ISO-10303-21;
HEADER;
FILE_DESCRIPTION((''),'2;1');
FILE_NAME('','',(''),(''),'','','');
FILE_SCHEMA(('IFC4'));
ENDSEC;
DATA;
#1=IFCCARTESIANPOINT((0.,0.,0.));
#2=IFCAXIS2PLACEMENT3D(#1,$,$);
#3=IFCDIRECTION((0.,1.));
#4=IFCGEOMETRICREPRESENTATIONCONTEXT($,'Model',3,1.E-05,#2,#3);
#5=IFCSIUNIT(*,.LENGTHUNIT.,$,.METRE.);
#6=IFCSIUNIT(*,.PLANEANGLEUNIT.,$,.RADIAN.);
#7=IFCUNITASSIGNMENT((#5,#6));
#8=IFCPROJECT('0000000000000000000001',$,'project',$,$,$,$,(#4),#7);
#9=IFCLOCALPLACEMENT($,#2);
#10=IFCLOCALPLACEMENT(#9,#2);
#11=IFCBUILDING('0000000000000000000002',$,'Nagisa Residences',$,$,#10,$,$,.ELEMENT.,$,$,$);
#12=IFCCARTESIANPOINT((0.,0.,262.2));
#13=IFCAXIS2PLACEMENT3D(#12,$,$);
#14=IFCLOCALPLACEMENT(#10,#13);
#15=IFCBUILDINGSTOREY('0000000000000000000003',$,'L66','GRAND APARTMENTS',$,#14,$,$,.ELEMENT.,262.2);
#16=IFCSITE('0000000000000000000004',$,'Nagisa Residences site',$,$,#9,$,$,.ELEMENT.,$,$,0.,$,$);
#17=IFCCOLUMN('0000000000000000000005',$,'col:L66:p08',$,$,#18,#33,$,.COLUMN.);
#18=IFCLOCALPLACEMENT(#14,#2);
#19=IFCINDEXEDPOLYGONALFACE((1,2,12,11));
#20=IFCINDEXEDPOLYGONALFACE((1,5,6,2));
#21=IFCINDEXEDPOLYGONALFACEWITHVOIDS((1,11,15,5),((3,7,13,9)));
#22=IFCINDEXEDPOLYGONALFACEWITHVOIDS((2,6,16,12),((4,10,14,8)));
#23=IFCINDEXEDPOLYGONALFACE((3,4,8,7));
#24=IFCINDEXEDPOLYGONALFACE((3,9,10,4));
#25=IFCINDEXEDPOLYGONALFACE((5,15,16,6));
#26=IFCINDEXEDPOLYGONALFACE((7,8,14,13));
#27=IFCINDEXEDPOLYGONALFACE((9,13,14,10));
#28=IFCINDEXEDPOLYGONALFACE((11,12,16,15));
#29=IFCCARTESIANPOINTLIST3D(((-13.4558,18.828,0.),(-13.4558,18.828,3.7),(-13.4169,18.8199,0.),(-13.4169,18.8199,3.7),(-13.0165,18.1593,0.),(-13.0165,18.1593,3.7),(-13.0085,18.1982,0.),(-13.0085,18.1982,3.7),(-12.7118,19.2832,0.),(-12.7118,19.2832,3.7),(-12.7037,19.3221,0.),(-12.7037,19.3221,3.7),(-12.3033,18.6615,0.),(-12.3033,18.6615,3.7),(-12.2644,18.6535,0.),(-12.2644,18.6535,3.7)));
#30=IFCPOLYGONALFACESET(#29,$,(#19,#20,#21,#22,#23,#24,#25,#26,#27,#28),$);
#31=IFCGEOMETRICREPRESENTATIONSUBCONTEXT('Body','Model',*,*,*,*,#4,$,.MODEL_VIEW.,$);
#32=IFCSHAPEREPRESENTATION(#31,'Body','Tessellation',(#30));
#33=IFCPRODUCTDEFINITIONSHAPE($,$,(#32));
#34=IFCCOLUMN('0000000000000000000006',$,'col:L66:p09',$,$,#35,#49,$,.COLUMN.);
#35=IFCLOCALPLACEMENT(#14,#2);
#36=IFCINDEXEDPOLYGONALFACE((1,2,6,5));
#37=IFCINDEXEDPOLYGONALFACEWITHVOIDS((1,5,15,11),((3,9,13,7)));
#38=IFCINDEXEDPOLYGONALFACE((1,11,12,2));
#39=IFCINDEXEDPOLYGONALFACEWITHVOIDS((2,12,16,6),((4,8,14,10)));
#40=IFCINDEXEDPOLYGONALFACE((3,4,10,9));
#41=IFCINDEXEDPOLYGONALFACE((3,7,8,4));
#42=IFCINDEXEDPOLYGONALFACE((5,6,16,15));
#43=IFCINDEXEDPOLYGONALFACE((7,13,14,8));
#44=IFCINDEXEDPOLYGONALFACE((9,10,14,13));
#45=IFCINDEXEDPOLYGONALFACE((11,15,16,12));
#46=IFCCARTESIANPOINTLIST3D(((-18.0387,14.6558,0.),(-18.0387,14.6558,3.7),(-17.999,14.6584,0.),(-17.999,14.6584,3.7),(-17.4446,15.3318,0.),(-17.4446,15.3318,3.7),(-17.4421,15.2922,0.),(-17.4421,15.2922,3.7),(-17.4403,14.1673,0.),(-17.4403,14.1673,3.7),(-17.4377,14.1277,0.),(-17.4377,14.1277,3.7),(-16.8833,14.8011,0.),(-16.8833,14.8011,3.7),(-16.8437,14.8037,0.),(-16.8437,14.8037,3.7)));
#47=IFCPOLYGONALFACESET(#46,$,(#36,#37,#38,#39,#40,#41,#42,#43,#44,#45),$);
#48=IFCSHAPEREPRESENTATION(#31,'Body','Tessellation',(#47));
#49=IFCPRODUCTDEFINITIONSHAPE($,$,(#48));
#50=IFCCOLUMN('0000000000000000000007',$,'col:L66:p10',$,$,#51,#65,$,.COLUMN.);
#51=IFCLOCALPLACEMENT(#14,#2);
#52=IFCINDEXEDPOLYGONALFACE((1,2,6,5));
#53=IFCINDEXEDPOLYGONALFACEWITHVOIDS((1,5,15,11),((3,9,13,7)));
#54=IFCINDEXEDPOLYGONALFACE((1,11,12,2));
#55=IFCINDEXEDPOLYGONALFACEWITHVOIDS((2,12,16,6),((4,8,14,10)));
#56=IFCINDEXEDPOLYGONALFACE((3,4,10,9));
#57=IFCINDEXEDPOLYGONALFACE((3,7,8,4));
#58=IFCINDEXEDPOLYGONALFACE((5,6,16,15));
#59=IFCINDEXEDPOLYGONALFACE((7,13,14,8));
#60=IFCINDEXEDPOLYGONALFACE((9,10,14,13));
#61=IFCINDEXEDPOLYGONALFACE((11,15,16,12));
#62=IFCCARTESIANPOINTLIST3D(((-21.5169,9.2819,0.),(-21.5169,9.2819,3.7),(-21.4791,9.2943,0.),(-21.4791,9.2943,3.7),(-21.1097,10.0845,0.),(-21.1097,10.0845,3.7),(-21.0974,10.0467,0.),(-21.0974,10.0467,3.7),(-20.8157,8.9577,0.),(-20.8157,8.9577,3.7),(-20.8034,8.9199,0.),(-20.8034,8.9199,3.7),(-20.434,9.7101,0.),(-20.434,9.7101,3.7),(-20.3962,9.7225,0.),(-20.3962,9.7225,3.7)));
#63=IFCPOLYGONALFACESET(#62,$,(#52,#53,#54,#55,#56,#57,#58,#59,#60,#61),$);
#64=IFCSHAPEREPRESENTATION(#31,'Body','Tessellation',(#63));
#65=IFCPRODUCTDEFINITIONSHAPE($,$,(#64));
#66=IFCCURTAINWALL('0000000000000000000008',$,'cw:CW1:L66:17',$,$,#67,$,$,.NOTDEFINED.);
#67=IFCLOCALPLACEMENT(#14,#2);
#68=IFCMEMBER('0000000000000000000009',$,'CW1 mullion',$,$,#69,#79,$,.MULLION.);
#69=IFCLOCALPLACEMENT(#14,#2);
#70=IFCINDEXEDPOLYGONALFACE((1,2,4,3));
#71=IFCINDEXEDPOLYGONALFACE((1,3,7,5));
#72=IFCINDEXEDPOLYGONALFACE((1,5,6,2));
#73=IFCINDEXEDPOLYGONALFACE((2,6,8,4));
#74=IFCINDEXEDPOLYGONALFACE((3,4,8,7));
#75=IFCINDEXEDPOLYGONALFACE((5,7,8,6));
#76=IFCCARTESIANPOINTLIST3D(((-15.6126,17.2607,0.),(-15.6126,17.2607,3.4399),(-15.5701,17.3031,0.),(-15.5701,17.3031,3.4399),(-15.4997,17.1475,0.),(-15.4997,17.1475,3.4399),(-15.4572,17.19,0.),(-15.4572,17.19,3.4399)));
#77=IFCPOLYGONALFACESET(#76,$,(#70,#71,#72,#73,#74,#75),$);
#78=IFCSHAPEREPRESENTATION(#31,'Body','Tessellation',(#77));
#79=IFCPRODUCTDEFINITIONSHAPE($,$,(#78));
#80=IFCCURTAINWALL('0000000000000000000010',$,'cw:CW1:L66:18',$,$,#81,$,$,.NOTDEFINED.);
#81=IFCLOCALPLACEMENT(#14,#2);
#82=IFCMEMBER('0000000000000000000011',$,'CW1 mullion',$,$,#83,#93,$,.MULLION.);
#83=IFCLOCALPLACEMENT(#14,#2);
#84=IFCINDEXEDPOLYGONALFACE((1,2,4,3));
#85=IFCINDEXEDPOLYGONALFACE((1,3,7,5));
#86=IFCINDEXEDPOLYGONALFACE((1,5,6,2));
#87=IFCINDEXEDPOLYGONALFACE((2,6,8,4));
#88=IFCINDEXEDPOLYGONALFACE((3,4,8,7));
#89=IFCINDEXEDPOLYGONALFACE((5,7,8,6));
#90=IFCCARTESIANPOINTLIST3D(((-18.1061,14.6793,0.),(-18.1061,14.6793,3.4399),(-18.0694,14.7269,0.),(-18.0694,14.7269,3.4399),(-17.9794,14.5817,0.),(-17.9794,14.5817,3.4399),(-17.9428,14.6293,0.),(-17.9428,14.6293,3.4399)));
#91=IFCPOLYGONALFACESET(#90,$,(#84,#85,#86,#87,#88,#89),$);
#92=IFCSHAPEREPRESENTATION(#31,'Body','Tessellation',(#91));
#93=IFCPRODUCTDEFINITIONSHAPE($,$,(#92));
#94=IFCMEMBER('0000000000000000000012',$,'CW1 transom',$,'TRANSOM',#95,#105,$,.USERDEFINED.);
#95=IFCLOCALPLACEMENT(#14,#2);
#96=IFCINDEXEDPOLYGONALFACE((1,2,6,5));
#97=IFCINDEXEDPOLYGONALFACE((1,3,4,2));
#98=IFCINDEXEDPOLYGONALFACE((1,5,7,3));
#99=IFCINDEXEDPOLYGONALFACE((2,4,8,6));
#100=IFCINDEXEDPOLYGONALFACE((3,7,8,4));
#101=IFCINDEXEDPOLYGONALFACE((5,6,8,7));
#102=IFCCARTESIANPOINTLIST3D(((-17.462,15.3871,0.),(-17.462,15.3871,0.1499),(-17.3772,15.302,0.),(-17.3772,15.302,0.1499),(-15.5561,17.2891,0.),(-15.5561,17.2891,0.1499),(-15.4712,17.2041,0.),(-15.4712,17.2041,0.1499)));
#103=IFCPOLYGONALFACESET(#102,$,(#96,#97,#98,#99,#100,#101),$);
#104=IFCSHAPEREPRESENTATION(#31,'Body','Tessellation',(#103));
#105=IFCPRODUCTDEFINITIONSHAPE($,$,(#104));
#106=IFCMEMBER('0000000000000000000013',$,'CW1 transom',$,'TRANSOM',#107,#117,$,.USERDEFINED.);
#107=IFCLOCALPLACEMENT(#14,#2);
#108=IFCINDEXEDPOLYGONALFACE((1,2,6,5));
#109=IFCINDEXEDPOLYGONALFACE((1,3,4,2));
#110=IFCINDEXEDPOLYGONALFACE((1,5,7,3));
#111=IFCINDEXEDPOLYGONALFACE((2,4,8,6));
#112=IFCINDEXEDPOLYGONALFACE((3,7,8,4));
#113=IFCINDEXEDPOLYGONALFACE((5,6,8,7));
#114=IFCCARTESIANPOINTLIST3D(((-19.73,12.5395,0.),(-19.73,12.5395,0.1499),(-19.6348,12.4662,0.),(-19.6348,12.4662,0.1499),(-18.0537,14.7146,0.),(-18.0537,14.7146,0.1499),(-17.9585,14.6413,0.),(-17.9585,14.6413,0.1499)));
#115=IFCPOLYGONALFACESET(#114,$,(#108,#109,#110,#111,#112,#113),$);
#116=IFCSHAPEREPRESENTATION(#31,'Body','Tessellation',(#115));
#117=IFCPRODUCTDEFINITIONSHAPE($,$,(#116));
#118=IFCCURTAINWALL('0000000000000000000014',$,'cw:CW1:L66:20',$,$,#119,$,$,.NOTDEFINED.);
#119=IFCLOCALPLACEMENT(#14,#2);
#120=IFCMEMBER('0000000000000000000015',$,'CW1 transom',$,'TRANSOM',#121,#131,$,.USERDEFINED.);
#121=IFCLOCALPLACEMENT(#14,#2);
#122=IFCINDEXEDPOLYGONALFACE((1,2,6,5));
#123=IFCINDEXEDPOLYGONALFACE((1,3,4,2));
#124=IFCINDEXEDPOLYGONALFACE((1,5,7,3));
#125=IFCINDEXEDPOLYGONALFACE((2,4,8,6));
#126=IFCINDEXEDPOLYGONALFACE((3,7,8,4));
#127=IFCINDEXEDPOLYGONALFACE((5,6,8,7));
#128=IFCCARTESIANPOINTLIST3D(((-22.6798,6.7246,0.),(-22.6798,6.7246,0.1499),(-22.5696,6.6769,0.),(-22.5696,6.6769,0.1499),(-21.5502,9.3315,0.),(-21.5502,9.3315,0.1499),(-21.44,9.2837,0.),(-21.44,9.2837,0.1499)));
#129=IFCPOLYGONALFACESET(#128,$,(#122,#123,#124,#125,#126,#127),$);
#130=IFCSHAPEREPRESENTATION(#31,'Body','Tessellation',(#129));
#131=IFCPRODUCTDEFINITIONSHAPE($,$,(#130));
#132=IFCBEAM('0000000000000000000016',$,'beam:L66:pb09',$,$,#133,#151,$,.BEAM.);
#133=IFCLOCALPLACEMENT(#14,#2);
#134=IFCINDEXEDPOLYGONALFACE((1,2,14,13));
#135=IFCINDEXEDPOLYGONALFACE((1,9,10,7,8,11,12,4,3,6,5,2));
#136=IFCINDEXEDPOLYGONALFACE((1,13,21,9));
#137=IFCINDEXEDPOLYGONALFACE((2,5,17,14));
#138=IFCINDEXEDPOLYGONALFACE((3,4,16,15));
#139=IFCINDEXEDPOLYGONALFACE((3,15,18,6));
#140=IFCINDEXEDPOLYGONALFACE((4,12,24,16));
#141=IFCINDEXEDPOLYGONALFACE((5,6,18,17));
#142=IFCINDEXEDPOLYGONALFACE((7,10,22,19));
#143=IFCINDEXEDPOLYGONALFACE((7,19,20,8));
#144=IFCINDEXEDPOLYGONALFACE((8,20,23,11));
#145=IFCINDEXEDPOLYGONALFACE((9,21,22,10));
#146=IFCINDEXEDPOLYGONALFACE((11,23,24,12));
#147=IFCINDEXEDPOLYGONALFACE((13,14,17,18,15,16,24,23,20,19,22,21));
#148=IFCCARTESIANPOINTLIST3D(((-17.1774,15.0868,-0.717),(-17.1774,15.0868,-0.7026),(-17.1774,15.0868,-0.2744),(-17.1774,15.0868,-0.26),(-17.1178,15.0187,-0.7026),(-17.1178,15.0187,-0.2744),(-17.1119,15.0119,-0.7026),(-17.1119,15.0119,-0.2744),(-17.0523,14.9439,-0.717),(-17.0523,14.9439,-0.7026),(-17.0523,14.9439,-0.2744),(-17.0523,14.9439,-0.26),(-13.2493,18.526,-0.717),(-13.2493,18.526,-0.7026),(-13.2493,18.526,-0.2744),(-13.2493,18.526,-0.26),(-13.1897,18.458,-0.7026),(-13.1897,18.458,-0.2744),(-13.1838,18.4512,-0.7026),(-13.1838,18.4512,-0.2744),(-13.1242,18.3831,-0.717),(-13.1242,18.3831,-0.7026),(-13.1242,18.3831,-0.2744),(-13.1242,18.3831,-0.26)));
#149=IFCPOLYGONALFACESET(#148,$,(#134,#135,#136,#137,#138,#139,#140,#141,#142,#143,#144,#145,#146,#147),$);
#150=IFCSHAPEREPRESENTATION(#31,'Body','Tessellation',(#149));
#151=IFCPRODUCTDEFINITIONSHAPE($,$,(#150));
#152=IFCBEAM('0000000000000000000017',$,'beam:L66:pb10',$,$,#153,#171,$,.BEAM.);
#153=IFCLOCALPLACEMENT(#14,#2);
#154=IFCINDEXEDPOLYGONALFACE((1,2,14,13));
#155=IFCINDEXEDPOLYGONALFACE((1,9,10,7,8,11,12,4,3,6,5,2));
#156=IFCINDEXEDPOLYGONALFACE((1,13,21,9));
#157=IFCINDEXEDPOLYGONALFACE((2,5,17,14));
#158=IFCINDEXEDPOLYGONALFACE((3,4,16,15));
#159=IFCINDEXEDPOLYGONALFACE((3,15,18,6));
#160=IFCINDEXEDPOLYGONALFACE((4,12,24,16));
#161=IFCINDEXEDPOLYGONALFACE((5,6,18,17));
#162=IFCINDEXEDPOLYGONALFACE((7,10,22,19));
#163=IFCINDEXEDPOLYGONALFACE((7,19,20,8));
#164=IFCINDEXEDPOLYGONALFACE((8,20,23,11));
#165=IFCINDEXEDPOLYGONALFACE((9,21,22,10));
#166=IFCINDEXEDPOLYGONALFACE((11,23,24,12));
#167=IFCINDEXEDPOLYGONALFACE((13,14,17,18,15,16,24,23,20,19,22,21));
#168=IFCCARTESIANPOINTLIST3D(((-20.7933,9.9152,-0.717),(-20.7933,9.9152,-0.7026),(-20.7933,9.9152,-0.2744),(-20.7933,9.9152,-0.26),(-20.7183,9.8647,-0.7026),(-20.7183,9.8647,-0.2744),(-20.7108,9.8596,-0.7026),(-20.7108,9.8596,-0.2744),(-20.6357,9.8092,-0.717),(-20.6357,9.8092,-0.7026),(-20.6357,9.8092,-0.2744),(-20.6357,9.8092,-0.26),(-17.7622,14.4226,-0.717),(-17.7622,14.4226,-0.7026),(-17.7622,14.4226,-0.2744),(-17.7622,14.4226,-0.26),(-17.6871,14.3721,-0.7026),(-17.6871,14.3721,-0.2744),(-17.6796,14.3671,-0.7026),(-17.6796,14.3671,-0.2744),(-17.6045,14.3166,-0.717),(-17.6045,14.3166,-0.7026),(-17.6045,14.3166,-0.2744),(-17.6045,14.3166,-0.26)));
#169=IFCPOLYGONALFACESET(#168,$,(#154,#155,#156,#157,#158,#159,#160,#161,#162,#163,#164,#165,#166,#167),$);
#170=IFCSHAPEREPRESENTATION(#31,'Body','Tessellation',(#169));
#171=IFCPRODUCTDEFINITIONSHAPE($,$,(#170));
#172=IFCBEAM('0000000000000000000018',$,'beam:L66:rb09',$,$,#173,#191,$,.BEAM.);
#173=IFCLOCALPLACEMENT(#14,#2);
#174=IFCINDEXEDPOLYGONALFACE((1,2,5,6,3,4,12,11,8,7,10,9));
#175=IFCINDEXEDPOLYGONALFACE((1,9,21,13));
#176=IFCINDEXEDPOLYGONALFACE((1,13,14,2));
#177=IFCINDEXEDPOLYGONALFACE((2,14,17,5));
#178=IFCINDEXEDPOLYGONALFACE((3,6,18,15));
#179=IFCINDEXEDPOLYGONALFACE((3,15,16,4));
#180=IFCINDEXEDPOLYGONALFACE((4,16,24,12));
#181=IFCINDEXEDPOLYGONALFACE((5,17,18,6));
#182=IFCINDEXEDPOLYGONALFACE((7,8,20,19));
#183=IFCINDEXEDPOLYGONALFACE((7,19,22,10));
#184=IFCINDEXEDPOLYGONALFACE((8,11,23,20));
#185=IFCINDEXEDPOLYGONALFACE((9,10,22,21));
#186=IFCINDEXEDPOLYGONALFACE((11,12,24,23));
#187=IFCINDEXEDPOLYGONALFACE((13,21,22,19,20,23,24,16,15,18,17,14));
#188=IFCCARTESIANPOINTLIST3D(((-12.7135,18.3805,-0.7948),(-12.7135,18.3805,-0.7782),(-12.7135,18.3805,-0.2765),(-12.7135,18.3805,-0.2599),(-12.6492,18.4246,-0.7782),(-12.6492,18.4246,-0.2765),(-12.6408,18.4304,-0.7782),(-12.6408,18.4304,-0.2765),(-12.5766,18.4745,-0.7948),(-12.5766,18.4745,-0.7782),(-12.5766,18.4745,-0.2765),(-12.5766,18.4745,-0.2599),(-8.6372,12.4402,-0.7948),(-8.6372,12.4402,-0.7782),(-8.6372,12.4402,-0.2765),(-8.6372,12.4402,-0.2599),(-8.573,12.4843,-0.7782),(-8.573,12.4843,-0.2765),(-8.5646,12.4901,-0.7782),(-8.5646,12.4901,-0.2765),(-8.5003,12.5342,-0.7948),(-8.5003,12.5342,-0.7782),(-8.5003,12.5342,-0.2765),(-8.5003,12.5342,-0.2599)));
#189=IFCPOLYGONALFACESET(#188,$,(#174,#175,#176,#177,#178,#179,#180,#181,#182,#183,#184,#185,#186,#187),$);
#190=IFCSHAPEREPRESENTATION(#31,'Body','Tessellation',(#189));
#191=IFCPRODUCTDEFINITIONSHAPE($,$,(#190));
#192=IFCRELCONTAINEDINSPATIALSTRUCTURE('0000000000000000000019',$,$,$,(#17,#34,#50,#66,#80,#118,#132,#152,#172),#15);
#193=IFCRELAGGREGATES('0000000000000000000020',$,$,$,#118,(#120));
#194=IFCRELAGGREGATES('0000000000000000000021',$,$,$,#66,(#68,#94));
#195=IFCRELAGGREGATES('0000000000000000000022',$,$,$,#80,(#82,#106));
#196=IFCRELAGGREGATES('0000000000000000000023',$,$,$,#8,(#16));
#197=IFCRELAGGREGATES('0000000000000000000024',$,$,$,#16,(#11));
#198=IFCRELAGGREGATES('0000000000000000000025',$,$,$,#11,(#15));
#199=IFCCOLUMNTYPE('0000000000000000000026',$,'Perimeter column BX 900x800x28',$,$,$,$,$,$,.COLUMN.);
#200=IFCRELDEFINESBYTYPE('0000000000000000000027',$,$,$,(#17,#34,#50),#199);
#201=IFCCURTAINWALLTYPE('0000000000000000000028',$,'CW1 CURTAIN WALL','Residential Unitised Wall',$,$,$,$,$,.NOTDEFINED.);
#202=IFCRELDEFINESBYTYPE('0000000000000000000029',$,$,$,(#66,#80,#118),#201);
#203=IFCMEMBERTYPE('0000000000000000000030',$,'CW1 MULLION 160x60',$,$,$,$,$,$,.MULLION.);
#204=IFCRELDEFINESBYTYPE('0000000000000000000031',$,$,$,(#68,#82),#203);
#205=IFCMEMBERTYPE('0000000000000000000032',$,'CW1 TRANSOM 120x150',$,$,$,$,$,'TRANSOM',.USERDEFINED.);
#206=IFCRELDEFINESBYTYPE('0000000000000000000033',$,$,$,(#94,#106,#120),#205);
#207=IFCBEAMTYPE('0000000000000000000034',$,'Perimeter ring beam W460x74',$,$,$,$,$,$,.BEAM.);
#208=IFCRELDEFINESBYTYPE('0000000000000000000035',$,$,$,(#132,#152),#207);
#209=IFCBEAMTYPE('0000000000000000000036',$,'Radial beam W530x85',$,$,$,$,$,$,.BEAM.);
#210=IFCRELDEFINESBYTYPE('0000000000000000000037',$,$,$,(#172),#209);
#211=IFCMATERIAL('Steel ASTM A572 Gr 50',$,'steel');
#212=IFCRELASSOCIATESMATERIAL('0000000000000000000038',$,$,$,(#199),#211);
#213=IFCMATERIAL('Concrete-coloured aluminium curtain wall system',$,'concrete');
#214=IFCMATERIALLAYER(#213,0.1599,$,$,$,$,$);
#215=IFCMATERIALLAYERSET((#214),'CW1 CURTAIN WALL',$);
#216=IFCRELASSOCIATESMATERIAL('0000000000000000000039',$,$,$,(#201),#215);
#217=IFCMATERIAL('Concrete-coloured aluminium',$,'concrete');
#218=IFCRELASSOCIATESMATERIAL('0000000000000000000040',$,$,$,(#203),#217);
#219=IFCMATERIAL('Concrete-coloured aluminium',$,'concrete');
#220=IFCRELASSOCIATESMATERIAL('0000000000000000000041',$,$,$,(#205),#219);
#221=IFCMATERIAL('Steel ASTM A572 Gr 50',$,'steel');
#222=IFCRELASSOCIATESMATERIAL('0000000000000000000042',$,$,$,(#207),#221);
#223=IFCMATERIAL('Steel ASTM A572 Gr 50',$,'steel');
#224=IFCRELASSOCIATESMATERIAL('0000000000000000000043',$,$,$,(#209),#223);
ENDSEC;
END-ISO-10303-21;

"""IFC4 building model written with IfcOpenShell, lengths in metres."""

from ifc_helpers import new_model, si_unit, direction, frame, origin, origin_2d, place, context, subcontext, project, spatial, rectangle, hollow_rectangle, i_section, extrude, material, layer, layer_set, material_profile, profile_set, type_object, element, aggregate, save


model = new_model("IFC4")

# Units and contexts
model_context = context("Model", 3, precision=1e-05, world=origin(), true_north=direction((0.0, 1.0)))
body_context = subcontext(model_context, "Body", "Model", "MODEL_VIEW")
ifc_project = project(units=[si_unit("LENGTHUNIT", "METRE"), si_unit("PLANEANGLEUNIT", "RADIAN")], contexts=[model_context])

# Site, building, storey
site_placement = place(None, origin())
site = spatial("IfcSite", under=ifc_project, at=site_placement, Name="Nagisa Residences site", CompositionType="ELEMENT", RefElevation=0.0)
building_placement = place(site_placement, origin())
building = spatial("IfcBuilding", under=site, at=building_placement, Name="Nagisa Residences", CompositionType="ELEMENT")
storey_placement = place(building_placement, frame((0.0, 0.0, 262.2)))
storey = spatial("IfcBuildingStorey", under=building, at=storey_placement, Name="L66", Description="GRAND APARTMENTS", CompositionType="ELEMENT", Elevation=262.2)

# Columns
ifc_material_1 = material(Name="Steel ASTM A572 Gr 50", Category="steel")
ifc_material_profile_1 = material_profile(ifc_material_1, hollow_rectangle(XDim=0.8999, YDim=0.8, WallThickness=0.0281, at=origin_2d()), Name="BX 900x800x28")
ifc_profile_set_1 = profile_set([ifc_material_profile_1], Name="Steel ASTM A572 Gr 50")
column_type = type_object("IfcColumnType", Name="Perimeter column BX 900x800x28", PredefinedType="COLUMN", material=ifc_profile_set_1)
for number, where, z_axis, x_axis, name in (
    (1, (-12.8601, 18.7407, 0.0), (0.0, 0.0, 1.0), (-0.835766, -0.549086, 0.0), "col:L66:p08"),
    (2, (-17.4412, 14.7297, 0.0), (0.0, 0.0, 1.0), (-0.660115, -0.751165, 0.0), "col:L66:p09"),
    (3, (-20.9565, 9.5022, 0.0), (0.0, 0.0, 1.0), (-0.452463, -0.891783, 0.0), "col:L66:p10"),
):
    element("IfcColumn", number, at=place(storey_placement, frame(where, z_axis=z_axis, x_axis=x_axis)), inside=storey, type_object=column_type, Name=name, PredefinedType="COLUMN", context=body_context, shape_type="SweptSolid", body=[
        extrude(hollow_rectangle(XDim=0.8999, YDim=0.8, WallThickness=0.0281, at=origin_2d()), origin(), (0.0, 0.0, 1.0), 3.7),
    ])

# Curtain walls, members
ifc_material_2 = material(Name="Concrete-coloured aluminium curtain wall system", Category="concrete")
ifc_layer_1 = layer(ifc_material_2, 0.1599)
ifc_layer_set_1 = layer_set([ifc_layer_1], Name="CW1 CURTAIN WALL")
curtain_wall_type = type_object("IfcCurtainWallType", Name="CW1 CURTAIN WALL", Description="Residential Unitised Wall", PredefinedType="NOTDEFINED", material=ifc_layer_set_1)
curtain_wall_1_placement = place(storey_placement, origin())
curtain_wall_1 = element("IfcCurtainWall", 4, at=curtain_wall_1_placement, inside=storey, type_object=curtain_wall_type, Name="cw:CW1:L66:17", PredefinedType="NOTDEFINED")
ifc_material_3 = material(Name="Concrete-coloured aluminium", Category="concrete")
ifc_material_profile_2 = material_profile(ifc_material_3, rectangle(XDim=0.1599, YDim=0.0601, at=origin_2d()), Name="CW1 MULLION 160x60")
ifc_profile_set_2 = profile_set([ifc_material_profile_2], Name="Concrete-coloured aluminium")
member_type_1 = type_object("IfcMemberType", Name="CW1 MULLION 160x60", PredefinedType="MULLION", material=ifc_profile_set_2)
member_1_placement = place(storey_placement, frame((-15.5349, 17.2253, 0.0), z_axis=(0.0, 0.0, 1.0), x_axis=(0.706377, -0.707836, 0.0)))
member_1 = element("IfcMember", 5, at=member_1_placement, type_object=member_type_1, Name="CW1 mullion", PredefinedType="MULLION", context=body_context, shape_type="SweptSolid", body=[
    extrude(rectangle(XDim=0.1599, YDim=0.0601, at=origin_2d()), origin(), (0.0, 0.0, 1.0), 3.4399),
])
curtain_wall_2_placement = place(storey_placement, origin())
curtain_wall_2 = element("IfcCurtainWall", 6, at=curtain_wall_2_placement, inside=storey, type_object=curtain_wall_type, Name="cw:CW1:L66:18", PredefinedType="NOTDEFINED")
member_2_placement = place(storey_placement, frame((-18.0244, 14.6543, 0.0), z_axis=(0.0, 0.0, 1.0), x_axis=(0.79207, -0.61043, 0.0)))
member_2 = element("IfcMember", 7, at=member_2_placement, type_object=member_type_1, Name="CW1 mullion", PredefinedType="MULLION", context=body_context, shape_type="SweptSolid", body=[
    extrude(rectangle(XDim=0.1599, YDim=0.0601, at=origin_2d()), origin(), (0.0, 0.0, 1.0), 3.4399),
])

# Members
ifc_material_4 = material(Name="Concrete-coloured aluminium", Category="concrete")
ifc_material_profile_3 = material_profile(ifc_material_4, rectangle(XDim=0.1201, YDim=0.1499, at=origin_2d()), Name="CW1 TRANSOM 120x150")
ifc_profile_set_3 = profile_set([ifc_material_profile_3], Name="Concrete-coloured aluminium")
member_type_2 = type_object("IfcMemberType", Name="CW1 TRANSOM 120x150", ElementType="TRANSOM", PredefinedType="USERDEFINED", material=ifc_profile_set_3)
member_3_placement = place(storey_placement, frame((-15.5137, 17.2466, 0.075), z_axis=(-0.707832, -0.706381, 0.0), x_axis=(0.706381, -0.707832, 0.0)))
member_3 = element("IfcMember", 8, at=member_3_placement, type_object=member_type_2, Name="CW1 transom", ObjectType="TRANSOM", PredefinedType="USERDEFINED", context=body_context, shape_type="SweptSolid", body=[
    extrude(rectangle(XDim=0.1201, YDim=0.1499, at=origin_2d()), origin(), (0.0, 0.0, 1.0), 2.6926),
])
member_4_placement = place(storey_placement, frame((-18.0061, 14.678, 0.075), z_axis=(-0.610432, -0.792068, 0.0), x_axis=(0.792068, -0.610432, 0.0)))
member_4 = element("IfcMember", 9, at=member_4_placement, type_object=member_type_2, Name="CW1 transom", ObjectType="TRANSOM", PredefinedType="USERDEFINED", context=body_context, shape_type="SweptSolid", body=[
    extrude(rectangle(XDim=0.1201, YDim=0.1499, at=origin_2d()), origin(), (0.0, 0.0, 1.0), 2.7461),
])

# Curtain wall, member
curtain_wall_3_placement = place(storey_placement, origin())
curtain_wall_3 = element("IfcCurtainWall", 10, at=curtain_wall_3_placement, inside=storey, type_object=curtain_wall_type, Name="cw:CW1:L66:20", PredefinedType="NOTDEFINED")
member_5_placement = place(storey_placement, frame((-21.4951, 9.3076, 0.075), z_axis=(-0.397598, -0.91756, 0.0), x_axis=(0.91756, -0.397598, 0.0)))
member_5 = element("IfcMember", 11, at=member_5_placement, type_object=member_type_2, Name="CW1 transom", ObjectType="TRANSOM", PredefinedType="USERDEFINED", context=body_context, shape_type="SweptSolid", body=[
    extrude(rectangle(XDim=0.1201, YDim=0.1499, at=origin_2d()), origin(), (0.0, 0.0, 1.0), 2.8411),
])
aggregate(curtain_wall_3, [member_5])

# Beams
ifc_material_5 = material(Name="Steel ASTM A572 Gr 50", Category="steel")
ifc_material_profile_4 = material_profile(ifc_material_5, i_section(OverallWidth=0.1899, OverallDepth=0.457, WebThickness=0.009, FlangeThickness=0.0144, at=origin_2d()), Name="W460x74")
ifc_profile_set_4 = profile_set([ifc_material_profile_4], Name="Steel ASTM A572 Gr 50")
beam_type_1 = type_object("IfcBeamType", Name="Perimeter ring beam W460x74", PredefinedType="BEAM", material=ifc_profile_set_4)
beam_1_placement = place(storey_placement, frame((-13.1868, 18.4546, -0.4885), z_axis=(-0.752365, -0.658746, 0.0), x_axis=(0.658746, -0.752365, 0.0)))
element("IfcBeam", 12, at=beam_1_placement, inside=storey, type_object=beam_type_1, Name="beam:L66:pb09", PredefinedType="BEAM", context=body_context, shape_type="SweptSolid", body=[
    extrude(i_section(OverallWidth=0.1899, OverallDepth=0.457, WebThickness=0.009, FlangeThickness=0.0144, at=origin_2d()), origin(), (0.0, 0.0, 1.0), 5.2209),
])
beam_2_placement = place(storey_placement, frame((-17.6833, 14.3696, -0.4885), z_axis=(-0.558035, -0.829817, 0.0), x_axis=(0.829817, -0.558035, 0.0)))
element("IfcBeam", 13, at=beam_2_placement, inside=storey, type_object=beam_type_1, Name="beam:L66:pb10", PredefinedType="BEAM", context=body_context, shape_type="SweptSolid", body=[
    extrude(i_section(OverallWidth=0.1899, OverallDepth=0.457, WebThickness=0.009, FlangeThickness=0.0144, at=origin_2d()), origin(), (0.0, 0.0, 1.0), 5.4319),
])
ifc_material_6 = material(Name="Steel ASTM A572 Gr 50", Category="steel")
ifc_material_profile_5 = material_profile(ifc_material_6, i_section(OverallWidth=0.166, OverallDepth=0.5349, WebThickness=0.0103, FlangeThickness=0.0166, at=origin_2d()), Name="W530x85")
ifc_profile_set_5 = profile_set([ifc_material_profile_5], Name="Steel ASTM A572 Gr 50")
beam_type_2 = type_object("IfcBeamType", Name="Radial beam W530x85", PredefinedType="BEAM", material=ifc_profile_set_5)
beam_3_placement = place(storey_placement, frame((-12.645, 18.4275, -0.5273), z_axis=(0.565802, -0.824541, 0.0), x_axis=(0.824541, 0.565802, 0.0)))
element("IfcBeam", 14, at=beam_3_placement, inside=storey, type_object=beam_type_2, Name="beam:L66:rb09", PredefinedType="BEAM", context=body_context, shape_type="SweptSolid", body=[
    extrude(i_section(OverallWidth=0.166, OverallDepth=0.5349, WebThickness=0.0103, FlangeThickness=0.0166, at=origin_2d()), origin(), (0.0, 0.0, 1.0), 7.2043),
])

aggregate(curtain_wall_1, [member_1, member_3])
aggregate(curtain_wall_2, [member_2, member_4])

save(model, "model.ifc")
